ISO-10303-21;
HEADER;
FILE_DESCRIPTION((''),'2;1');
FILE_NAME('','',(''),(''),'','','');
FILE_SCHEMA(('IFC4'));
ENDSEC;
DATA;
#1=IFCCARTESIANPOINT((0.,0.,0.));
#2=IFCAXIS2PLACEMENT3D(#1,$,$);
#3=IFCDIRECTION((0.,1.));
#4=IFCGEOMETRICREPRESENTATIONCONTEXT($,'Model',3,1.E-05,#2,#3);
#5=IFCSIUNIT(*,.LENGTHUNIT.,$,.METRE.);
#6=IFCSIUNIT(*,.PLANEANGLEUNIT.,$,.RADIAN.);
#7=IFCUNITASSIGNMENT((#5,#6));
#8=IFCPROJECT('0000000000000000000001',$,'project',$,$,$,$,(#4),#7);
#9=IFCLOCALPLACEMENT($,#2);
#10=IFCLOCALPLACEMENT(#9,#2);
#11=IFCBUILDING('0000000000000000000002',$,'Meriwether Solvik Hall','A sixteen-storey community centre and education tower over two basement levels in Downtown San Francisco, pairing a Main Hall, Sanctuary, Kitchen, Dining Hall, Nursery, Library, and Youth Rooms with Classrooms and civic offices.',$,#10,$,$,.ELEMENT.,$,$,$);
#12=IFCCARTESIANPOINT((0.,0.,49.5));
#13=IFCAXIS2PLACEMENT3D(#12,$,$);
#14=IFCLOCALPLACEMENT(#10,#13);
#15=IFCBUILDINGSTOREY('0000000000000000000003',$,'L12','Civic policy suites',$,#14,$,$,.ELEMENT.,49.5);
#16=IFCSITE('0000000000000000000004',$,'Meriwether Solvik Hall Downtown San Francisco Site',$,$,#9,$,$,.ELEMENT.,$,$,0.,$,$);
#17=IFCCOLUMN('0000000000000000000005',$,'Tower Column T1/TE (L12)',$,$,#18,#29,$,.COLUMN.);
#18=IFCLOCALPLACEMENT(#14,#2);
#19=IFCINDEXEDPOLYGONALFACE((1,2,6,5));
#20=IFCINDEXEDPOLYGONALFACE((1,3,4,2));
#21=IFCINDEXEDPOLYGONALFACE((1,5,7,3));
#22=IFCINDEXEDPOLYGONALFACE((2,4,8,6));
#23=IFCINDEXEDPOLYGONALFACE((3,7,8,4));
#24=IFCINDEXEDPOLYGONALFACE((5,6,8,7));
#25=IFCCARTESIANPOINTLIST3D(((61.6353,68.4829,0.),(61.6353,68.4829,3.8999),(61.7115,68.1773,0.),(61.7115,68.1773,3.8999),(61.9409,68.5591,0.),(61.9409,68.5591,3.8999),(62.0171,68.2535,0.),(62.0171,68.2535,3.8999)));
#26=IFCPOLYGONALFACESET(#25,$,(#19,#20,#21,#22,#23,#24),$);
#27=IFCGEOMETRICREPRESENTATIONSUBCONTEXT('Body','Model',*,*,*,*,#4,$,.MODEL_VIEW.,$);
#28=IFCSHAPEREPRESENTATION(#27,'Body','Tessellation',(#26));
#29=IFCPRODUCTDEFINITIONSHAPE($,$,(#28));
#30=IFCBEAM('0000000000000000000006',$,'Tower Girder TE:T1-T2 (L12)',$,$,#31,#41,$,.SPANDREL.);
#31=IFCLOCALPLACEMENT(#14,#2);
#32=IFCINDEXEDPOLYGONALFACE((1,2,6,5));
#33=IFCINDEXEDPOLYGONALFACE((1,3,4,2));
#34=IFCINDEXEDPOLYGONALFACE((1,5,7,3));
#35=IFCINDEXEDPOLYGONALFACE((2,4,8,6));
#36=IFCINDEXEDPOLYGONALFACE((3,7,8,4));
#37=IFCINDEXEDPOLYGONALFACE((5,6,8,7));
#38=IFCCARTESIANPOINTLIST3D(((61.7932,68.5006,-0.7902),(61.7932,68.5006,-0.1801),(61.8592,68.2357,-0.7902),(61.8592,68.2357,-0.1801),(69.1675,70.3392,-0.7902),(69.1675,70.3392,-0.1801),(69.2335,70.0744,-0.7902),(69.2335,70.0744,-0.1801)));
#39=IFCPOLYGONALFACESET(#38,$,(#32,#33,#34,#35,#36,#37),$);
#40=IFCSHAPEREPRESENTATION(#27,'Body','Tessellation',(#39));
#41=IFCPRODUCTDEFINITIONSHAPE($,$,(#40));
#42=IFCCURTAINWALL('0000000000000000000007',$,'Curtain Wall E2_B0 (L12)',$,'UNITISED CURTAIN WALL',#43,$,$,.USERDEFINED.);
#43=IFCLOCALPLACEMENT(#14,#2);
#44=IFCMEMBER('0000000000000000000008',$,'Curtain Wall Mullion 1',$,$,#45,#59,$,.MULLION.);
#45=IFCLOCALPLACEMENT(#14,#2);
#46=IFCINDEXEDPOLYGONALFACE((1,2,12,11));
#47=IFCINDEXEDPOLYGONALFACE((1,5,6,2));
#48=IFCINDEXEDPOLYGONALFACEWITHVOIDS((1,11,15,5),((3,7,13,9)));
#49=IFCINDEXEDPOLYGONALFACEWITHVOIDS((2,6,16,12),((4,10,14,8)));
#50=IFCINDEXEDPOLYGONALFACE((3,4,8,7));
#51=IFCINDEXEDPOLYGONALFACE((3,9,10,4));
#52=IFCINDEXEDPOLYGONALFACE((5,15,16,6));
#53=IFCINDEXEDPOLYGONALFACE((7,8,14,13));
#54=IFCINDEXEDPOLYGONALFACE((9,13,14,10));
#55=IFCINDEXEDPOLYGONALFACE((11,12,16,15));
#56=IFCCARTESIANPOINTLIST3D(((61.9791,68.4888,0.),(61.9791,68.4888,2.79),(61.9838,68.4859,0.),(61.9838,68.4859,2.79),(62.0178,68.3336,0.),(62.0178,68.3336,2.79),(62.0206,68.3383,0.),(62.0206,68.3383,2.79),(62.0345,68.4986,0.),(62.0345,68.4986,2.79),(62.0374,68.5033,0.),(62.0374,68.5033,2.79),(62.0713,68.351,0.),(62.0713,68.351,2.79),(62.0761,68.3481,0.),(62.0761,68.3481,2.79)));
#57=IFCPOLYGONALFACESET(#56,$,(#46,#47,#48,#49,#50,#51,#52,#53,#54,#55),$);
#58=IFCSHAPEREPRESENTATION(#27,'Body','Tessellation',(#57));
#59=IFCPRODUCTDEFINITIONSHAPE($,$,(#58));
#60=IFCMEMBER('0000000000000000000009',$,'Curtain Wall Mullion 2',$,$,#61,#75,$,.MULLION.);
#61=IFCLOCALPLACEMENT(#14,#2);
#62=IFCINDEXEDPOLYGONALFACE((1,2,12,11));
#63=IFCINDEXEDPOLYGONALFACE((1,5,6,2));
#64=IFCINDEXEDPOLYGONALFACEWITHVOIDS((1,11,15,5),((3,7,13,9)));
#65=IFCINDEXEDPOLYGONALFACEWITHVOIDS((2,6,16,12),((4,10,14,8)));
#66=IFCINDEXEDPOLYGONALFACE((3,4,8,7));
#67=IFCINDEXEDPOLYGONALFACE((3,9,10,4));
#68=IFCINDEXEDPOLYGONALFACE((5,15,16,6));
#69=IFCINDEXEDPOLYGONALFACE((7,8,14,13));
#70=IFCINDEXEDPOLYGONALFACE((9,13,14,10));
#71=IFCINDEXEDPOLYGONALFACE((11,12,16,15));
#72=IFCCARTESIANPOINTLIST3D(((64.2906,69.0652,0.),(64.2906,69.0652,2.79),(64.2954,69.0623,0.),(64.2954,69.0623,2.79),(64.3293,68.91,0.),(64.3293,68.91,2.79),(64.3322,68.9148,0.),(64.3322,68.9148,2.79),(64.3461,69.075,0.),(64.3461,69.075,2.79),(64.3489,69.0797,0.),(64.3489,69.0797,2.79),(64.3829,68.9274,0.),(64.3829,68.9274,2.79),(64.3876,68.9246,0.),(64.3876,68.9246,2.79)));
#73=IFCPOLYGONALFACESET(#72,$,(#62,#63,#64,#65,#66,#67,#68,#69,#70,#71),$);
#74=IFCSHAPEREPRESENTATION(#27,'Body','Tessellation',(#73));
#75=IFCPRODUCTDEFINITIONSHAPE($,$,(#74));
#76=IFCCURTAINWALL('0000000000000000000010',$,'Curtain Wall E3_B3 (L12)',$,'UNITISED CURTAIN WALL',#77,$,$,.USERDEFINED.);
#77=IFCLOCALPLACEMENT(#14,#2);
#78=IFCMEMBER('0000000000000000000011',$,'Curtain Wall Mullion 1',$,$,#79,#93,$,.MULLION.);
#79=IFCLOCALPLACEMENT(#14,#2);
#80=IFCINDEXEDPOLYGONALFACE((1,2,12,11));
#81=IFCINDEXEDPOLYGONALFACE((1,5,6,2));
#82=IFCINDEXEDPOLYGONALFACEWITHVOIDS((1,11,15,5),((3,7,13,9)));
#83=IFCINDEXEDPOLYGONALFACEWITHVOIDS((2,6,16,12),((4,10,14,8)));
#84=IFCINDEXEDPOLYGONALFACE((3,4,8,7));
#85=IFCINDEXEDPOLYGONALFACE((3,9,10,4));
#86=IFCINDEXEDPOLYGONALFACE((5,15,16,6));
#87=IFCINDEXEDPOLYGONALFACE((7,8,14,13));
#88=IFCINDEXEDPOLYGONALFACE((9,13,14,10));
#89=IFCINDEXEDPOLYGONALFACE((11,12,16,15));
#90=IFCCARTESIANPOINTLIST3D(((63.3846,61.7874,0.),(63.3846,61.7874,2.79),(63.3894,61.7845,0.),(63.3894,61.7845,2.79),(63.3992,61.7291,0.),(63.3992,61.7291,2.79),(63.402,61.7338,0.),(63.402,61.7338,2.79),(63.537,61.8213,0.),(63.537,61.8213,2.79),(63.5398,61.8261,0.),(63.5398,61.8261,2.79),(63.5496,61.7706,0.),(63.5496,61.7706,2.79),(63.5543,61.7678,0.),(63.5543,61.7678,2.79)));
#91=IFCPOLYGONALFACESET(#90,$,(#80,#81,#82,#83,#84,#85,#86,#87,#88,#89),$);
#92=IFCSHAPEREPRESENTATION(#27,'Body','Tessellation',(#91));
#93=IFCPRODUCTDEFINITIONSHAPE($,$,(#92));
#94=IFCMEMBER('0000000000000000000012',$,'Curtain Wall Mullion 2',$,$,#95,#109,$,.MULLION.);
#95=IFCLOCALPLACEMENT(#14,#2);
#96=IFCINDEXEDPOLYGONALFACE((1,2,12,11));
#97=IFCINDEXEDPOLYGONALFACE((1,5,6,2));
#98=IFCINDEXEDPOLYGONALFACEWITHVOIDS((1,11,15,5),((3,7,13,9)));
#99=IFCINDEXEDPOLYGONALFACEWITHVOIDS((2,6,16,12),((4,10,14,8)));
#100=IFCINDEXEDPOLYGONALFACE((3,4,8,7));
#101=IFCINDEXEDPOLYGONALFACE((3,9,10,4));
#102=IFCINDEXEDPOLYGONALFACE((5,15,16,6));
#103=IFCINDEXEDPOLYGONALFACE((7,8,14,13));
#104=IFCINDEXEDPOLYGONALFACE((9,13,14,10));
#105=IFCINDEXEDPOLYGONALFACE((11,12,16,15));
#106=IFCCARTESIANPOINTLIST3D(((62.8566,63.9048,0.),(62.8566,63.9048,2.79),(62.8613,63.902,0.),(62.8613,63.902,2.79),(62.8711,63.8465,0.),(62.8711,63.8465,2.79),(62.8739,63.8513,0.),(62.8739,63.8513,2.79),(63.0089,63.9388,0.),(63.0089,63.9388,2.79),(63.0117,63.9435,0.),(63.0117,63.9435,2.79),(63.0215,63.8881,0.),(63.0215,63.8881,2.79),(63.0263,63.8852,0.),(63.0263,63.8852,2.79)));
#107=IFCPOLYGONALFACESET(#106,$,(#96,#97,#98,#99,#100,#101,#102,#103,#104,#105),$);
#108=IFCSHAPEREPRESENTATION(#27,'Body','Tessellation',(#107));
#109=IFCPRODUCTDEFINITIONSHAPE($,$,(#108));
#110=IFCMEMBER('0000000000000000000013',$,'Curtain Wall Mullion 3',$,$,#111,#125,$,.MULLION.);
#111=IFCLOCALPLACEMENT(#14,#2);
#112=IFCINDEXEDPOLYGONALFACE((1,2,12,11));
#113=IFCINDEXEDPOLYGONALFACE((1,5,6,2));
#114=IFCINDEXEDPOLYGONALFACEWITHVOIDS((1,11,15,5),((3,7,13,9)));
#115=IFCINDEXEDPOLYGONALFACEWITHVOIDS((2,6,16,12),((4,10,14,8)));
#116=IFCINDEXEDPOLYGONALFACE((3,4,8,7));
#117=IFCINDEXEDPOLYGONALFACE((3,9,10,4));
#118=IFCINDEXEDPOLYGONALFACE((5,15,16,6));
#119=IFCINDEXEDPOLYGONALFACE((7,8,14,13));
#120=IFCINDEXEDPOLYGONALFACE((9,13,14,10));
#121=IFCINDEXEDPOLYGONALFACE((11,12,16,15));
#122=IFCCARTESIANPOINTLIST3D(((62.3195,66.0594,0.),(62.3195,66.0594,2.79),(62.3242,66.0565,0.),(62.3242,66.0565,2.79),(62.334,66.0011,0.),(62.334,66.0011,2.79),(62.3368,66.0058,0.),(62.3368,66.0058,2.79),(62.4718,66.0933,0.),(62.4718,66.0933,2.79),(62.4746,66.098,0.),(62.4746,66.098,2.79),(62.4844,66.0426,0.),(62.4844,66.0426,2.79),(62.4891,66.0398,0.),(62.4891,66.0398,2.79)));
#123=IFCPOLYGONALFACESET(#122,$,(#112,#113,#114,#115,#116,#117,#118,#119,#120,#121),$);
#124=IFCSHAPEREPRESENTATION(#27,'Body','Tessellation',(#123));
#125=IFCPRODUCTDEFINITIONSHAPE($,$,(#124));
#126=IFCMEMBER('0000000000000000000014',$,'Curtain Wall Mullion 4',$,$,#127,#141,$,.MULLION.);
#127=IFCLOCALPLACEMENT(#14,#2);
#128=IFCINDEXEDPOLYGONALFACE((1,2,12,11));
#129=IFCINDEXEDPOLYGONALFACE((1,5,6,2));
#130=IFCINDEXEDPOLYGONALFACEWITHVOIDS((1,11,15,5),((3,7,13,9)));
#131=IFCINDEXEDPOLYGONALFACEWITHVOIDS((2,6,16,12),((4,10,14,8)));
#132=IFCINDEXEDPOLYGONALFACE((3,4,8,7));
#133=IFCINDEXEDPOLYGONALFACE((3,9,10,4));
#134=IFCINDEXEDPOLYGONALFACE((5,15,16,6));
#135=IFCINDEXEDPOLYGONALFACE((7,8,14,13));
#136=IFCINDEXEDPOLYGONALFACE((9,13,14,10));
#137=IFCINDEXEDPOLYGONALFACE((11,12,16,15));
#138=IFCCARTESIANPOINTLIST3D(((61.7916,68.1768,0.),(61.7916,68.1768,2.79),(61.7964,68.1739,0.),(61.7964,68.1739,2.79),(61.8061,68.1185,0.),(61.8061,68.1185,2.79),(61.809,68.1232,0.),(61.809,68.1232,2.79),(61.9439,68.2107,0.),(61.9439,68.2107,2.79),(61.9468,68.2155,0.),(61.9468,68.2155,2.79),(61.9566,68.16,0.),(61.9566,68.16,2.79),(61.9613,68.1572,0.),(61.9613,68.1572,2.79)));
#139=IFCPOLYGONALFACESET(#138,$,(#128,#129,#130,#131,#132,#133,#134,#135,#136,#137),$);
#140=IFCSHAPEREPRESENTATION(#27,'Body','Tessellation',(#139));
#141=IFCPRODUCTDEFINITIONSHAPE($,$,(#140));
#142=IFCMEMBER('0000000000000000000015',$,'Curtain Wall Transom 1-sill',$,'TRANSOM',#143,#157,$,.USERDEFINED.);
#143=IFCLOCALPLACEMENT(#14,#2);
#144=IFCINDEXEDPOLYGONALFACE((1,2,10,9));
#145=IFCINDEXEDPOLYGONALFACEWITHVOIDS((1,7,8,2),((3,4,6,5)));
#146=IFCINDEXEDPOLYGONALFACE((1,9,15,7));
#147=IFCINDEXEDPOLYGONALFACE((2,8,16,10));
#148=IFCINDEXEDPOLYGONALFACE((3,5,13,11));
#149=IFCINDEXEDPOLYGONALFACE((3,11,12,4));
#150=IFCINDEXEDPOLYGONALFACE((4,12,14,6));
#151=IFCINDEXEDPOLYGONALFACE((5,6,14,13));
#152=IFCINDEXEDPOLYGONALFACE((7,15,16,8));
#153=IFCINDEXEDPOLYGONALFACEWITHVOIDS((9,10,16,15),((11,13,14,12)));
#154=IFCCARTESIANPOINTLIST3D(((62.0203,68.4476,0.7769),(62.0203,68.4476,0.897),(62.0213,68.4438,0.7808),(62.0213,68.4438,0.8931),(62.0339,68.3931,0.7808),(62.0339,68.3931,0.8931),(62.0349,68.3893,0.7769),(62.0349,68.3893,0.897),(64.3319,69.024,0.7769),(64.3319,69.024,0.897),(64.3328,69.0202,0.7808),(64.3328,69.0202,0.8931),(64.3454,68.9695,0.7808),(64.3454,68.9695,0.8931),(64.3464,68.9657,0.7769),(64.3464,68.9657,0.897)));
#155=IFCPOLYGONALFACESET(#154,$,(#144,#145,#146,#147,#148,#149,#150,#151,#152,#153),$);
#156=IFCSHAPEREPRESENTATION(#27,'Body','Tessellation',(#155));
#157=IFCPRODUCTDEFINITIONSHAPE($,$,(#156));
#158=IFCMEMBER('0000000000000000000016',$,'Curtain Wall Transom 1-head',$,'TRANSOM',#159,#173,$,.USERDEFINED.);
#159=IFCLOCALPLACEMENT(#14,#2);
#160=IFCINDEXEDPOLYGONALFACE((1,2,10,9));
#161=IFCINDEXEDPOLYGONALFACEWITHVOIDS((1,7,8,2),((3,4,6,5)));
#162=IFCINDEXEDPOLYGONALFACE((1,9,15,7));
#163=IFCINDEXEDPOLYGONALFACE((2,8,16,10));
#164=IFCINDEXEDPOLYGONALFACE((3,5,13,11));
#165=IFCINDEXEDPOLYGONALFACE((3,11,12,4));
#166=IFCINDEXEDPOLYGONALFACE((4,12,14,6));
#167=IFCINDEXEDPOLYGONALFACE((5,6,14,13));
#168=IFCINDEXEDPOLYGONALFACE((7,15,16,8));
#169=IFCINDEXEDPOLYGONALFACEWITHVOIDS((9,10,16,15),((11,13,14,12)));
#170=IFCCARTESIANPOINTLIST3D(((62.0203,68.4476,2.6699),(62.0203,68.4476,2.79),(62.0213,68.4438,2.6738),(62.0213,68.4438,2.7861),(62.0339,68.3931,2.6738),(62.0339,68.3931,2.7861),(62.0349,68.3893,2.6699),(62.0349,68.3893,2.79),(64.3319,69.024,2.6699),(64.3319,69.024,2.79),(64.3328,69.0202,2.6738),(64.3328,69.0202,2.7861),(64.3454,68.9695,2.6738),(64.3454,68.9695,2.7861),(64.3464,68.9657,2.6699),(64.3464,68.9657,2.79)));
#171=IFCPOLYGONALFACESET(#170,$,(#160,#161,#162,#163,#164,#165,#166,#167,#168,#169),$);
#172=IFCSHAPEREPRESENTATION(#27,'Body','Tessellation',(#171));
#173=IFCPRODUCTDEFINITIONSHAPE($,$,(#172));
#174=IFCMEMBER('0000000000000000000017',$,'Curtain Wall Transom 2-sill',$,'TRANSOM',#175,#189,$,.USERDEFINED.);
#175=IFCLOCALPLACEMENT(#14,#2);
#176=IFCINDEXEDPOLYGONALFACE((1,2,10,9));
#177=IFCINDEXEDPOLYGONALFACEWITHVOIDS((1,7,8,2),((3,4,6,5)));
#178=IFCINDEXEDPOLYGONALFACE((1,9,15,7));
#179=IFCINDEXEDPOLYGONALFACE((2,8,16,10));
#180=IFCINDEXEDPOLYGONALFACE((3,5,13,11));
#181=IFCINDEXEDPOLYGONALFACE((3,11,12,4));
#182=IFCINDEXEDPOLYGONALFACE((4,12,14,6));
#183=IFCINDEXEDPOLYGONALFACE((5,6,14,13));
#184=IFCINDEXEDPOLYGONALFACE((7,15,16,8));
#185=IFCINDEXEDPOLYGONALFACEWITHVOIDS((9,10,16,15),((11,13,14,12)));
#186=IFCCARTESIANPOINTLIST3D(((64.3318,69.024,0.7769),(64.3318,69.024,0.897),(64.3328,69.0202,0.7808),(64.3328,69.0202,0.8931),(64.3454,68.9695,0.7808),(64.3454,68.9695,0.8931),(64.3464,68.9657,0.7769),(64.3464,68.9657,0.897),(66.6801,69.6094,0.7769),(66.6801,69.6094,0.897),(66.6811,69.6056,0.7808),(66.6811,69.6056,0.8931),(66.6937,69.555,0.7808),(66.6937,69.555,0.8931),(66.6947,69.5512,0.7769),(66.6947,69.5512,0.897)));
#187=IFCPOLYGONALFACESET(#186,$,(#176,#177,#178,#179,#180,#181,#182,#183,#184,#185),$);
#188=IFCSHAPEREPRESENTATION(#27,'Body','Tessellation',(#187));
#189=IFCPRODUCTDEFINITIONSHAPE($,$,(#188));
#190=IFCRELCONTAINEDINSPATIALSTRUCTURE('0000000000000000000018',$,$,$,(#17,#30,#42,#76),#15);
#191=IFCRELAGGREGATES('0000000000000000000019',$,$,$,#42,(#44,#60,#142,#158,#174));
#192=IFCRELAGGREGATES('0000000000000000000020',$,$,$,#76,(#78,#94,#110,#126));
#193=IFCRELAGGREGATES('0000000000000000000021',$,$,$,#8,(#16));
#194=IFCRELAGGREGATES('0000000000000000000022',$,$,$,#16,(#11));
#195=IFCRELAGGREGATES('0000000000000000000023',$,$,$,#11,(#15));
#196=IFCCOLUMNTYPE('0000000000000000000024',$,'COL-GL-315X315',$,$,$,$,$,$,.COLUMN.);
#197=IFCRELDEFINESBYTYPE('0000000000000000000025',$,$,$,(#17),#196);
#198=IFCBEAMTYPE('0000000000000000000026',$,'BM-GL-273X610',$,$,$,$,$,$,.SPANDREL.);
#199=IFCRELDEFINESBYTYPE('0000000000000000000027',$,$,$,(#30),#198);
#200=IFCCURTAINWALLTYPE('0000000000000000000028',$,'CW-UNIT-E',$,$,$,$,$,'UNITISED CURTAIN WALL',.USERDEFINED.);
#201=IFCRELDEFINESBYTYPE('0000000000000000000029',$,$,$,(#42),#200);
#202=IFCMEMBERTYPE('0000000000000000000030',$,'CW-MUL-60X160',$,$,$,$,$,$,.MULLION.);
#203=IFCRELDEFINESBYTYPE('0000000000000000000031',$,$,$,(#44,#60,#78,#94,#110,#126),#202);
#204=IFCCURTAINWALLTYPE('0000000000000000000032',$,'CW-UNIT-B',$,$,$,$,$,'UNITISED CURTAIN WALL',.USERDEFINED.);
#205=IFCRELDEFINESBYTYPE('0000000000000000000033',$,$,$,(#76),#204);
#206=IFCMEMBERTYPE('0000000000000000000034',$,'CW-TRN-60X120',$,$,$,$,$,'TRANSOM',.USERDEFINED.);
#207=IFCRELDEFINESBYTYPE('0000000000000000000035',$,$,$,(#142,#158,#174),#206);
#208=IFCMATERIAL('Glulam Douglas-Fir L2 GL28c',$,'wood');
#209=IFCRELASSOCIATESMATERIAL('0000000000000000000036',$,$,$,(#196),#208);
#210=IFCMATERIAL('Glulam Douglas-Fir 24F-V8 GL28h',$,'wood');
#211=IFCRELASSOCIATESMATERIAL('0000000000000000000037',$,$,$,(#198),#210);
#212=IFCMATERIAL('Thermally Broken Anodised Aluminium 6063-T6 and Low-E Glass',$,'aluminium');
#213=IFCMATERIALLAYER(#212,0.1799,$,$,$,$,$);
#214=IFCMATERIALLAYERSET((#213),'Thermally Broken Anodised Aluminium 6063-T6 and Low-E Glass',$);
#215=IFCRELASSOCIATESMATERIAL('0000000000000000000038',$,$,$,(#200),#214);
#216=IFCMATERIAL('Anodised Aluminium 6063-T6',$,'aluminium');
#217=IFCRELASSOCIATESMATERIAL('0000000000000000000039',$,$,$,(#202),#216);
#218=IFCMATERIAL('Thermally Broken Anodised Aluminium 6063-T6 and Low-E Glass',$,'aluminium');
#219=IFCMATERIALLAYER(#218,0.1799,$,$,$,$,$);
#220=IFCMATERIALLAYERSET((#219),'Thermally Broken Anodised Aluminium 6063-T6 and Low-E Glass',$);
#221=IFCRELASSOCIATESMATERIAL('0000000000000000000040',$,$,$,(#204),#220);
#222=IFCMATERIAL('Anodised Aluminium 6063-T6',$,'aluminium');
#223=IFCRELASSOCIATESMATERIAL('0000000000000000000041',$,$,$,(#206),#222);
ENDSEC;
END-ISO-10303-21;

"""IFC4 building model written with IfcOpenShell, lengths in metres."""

from ifc_helpers import new_model, si_unit, direction, frame, origin, origin_2d, place, context, subcontext, project, spatial, rectangle, hollow_rectangle, extrude, material, layer, layer_set, material_profile, profile_set, type_object, element, aggregate, save


model = new_model("IFC4")

# Units and contexts
model_context = context("Model", 3, precision=1e-05, world=origin(), true_north=direction((0.0, 1.0)))
body_context = subcontext(model_context, "Body", "Model", "MODEL_VIEW")
ifc_project = project(units=[si_unit("LENGTHUNIT", "METRE"), si_unit("PLANEANGLEUNIT", "RADIAN")], contexts=[model_context])

# Site, building, storey
site_placement = place(None, origin())
site = spatial("IfcSite", under=ifc_project, at=site_placement, Name="Meriwether Solvik Hall Downtown San Francisco Site", CompositionType="ELEMENT", RefElevation=0.0)
building_placement = place(site_placement, origin())
building = spatial("IfcBuilding", under=site, at=building_placement, Name="Meriwether Solvik Hall", Description="A sixteen-storey community centre and education tower over two basement levels in Downtown San Francisco, pairing a Main Hall, Sanctuary, Kitchen, Dining Hall, Nursery, Library, and Youth Rooms with Classrooms and civic offices.", CompositionType="ELEMENT")
storey_placement = place(building_placement, frame((0.0, 0.0, 49.5)))
storey = spatial("IfcBuildingStorey", under=building, at=storey_placement, Name="L12", Description="Civic policy suites", CompositionType="ELEMENT", Elevation=49.5)

# Column
ifc_material_1 = material(Name="Glulam Douglas-Fir L2 GL28c", Category="wood")
ifc_material_profile_1 = material_profile(ifc_material_1, rectangle(XDim=0.3149, YDim=0.3149, at=origin_2d()), Name="GLC-315X315")
ifc_profile_set_1 = profile_set([ifc_material_profile_1], Name="Glulam Douglas-Fir L2 GL28c")
column_type = type_object("IfcColumnType", Name="COL-GL-315X315", PredefinedType="COLUMN", material=ifc_profile_set_1)
column_placement = place(storey_placement, frame((61.8262, 68.3682, 0.0), z_axis=(0.0, 0.0, 1.0), x_axis=(0.970296, 0.241922, 0.0)))
element("IfcColumn", 1, at=column_placement, inside=storey, type_object=column_type, Name="Tower Column T1/TE (L12)", PredefinedType="COLUMN", context=body_context, shape_type="SweptSolid", body=[
    extrude(rectangle(XDim=0.3149, YDim=0.3149, at=origin_2d()), origin(), (0.0, 0.0, 1.0), 3.8999),
])

# Beam
ifc_material_2 = material(Name="Glulam Douglas-Fir 24F-V8 GL28h", Category="wood")
ifc_material_profile_2 = material_profile(ifc_material_2, rectangle(XDim=0.2729, YDim=0.6101, at=origin_2d()), Name="GLB-273X610")
ifc_profile_set_2 = profile_set([ifc_material_profile_2], Name="Glulam Douglas-Fir 24F-V8 GL28h")
beam_type = type_object("IfcBeamType", Name="BM-GL-273X610", PredefinedType="SPANDREL", material=ifc_profile_set_2)
beam_placement = place(storey_placement, frame((61.8262, 68.3682, -0.4851), z_axis=(0.970295, 0.241923, 0.0), x_axis=(-0.241923, 0.970295, 0.0)))
element("IfcBeam", 2, at=beam_placement, inside=storey, type_object=beam_type, Name="Tower Girder TE:T1-T2 (L12)", PredefinedType="SPANDREL", context=body_context, shape_type="SweptSolid", body=[
    extrude(rectangle(XDim=0.2729, YDim=0.6101, at=origin_2d()), origin(), (0.0, 0.0, 1.0), 7.6001),
])

# Curtain walls, members
ifc_material_3 = material(Name="Thermally Broken Anodised Aluminium 6063-T6 and Low-E Glass", Category="aluminium")
ifc_layer_1 = layer(ifc_material_3, 0.1799)
ifc_layer_set_1 = layer_set([ifc_layer_1], Name="Thermally Broken Anodised Aluminium 6063-T6 and Low-E Glass")
curtain_wall_type_1 = type_object("IfcCurtainWallType", Name="CW-UNIT-E", ElementType="UNITISED CURTAIN WALL", PredefinedType="USERDEFINED", material=ifc_layer_set_1)
curtain_wall_1_placement = place(storey_placement, origin())
curtain_wall_1 = element("IfcCurtainWall", 3, at=curtain_wall_1_placement, inside=storey, type_object=curtain_wall_type_1, Name="Curtain Wall E2_B0 (L12)", ObjectType="UNITISED CURTAIN WALL", PredefinedType="USERDEFINED")
ifc_material_4 = material(Name="Anodised Aluminium 6063-T6", Category="aluminium")
ifc_material_profile_3 = material_profile(ifc_material_4, hollow_rectangle(XDim=0.0601, YDim=0.1599, WallThickness=0.0039, at=origin_2d()), Name="CWM-60X160")
ifc_profile_set_3 = profile_set([ifc_material_profile_3], Name="Anodised Aluminium 6063-T6")
member_type_1 = type_object("IfcMemberType", Name="CW-MUL-60X160", PredefinedType="MULLION", material=ifc_profile_set_3)
member_1_placement = place(storey_placement, frame((62.0276, 68.4185, 0.0), z_axis=(0.0, 0.0, 1.0), x_axis=(0.970296, 0.241922, 0.0)))
member_1 = element("IfcMember", 4, at=member_1_placement, type_object=member_type_1, Name="Curtain Wall Mullion 1", PredefinedType="MULLION", context=body_context, shape_type="SweptSolid", body=[
    extrude(hollow_rectangle(XDim=0.0601, YDim=0.1599, WallThickness=0.0039, at=origin_2d()), origin(), (0.0, 0.0, 1.0), 2.79),
])
member_2_placement = place(storey_placement, frame((64.3391, 68.9949, 0.0), z_axis=(0.0, 0.0, 1.0), x_axis=(0.970296, 0.241922, 0.0)))
member_2 = element("IfcMember", 5, at=member_2_placement, type_object=member_type_1, Name="Curtain Wall Mullion 2", PredefinedType="MULLION", context=body_context, shape_type="SweptSolid", body=[
    extrude(hollow_rectangle(XDim=0.0601, YDim=0.1599, WallThickness=0.0039, at=origin_2d()), origin(), (0.0, 0.0, 1.0), 2.79),
])
ifc_material_5 = material(Name="Thermally Broken Anodised Aluminium 6063-T6 and Low-E Glass", Category="aluminium")
ifc_layer_2 = layer(ifc_material_5, 0.1799)
ifc_layer_set_2 = layer_set([ifc_layer_2], Name="Thermally Broken Anodised Aluminium 6063-T6 and Low-E Glass")
curtain_wall_type_2 = type_object("IfcCurtainWallType", Name="CW-UNIT-B", ElementType="UNITISED CURTAIN WALL", PredefinedType="USERDEFINED", material=ifc_layer_set_2)
curtain_wall_2_placement = place(storey_placement, origin())
curtain_wall_2 = element("IfcCurtainWall", 6, at=curtain_wall_2_placement, inside=storey, type_object=curtain_wall_type_2, Name="Curtain Wall E3_B3 (L12)", ObjectType="UNITISED CURTAIN WALL", PredefinedType="USERDEFINED")
member_3_placement = place(storey_placement, frame((63.4695, 61.7776, 0.0), z_axis=(0.0, 0.0, 1.0), x_axis=(-0.241922, 0.970296, 0.0)))
member_3 = element("IfcMember", 7, at=member_3_placement, type_object=member_type_1, Name="Curtain Wall Mullion 1", PredefinedType="MULLION", context=body_context, shape_type="SweptSolid", body=[
    extrude(hollow_rectangle(XDim=0.0601, YDim=0.1599, WallThickness=0.0039, at=origin_2d()), origin(), (0.0, 0.0, 1.0), 2.79),
])
member_4_placement = place(storey_placement, frame((62.9414, 63.895, 0.0), z_axis=(0.0, 0.0, 1.0), x_axis=(-0.241922, 0.970296, 0.0)))
member_4 = element("IfcMember", 8, at=member_4_placement, type_object=member_type_1, Name="Curtain Wall Mullion 2", PredefinedType="MULLION", context=body_context, shape_type="SweptSolid", body=[
    extrude(hollow_rectangle(XDim=0.0601, YDim=0.1599, WallThickness=0.0039, at=origin_2d()), origin(), (0.0, 0.0, 1.0), 2.79),
])
member_5_placement = place(storey_placement, frame((62.4043, 66.0496, 0.0), z_axis=(0.0, 0.0, 1.0), x_axis=(-0.241922, 0.970296, 0.0)))
member_5 = element("IfcMember", 9, at=member_5_placement, type_object=member_type_1, Name="Curtain Wall Mullion 3", PredefinedType="MULLION", context=body_context, shape_type="SweptSolid", body=[
    extrude(hollow_rectangle(XDim=0.0601, YDim=0.1599, WallThickness=0.0039, at=origin_2d()), origin(), (0.0, 0.0, 1.0), 2.79),
])
member_6_placement = place(storey_placement, frame((61.8765, 68.167, 0.0), z_axis=(0.0, 0.0, 1.0), x_axis=(-0.241922, 0.970296, 0.0)))
member_6 = element("IfcMember", 10, at=member_6_placement, type_object=member_type_1, Name="Curtain Wall Mullion 4", PredefinedType="MULLION", context=body_context, shape_type="SweptSolid", body=[
    extrude(hollow_rectangle(XDim=0.0601, YDim=0.1599, WallThickness=0.0039, at=origin_2d()), origin(), (0.0, 0.0, 1.0), 2.79),
])

# Members
ifc_material_6 = material(Name="Anodised Aluminium 6063-T6", Category="aluminium")
ifc_material_profile_4 = material_profile(ifc_material_6, hollow_rectangle(XDim=0.0601, YDim=0.1201, WallThickness=0.0039, at=origin_2d()), Name="CWT-60X120")
ifc_profile_set_4 = profile_set([ifc_material_profile_4], Name="Anodised Aluminium 6063-T6")
member_type_2 = type_object("IfcMemberType", Name="CW-TRN-60X120", ElementType="TRANSOM", PredefinedType="USERDEFINED", material=ifc_profile_set_4)
member_7_placement = place(storey_placement, frame((62.0276, 68.4185, 0.8369), z_axis=(0.970287, 0.241957, 0.0), x_axis=(-0.241957, 0.970287, 0.0)))
member_7 = element("IfcMember", 11, at=member_7_placement, type_object=member_type_2, Name="Curtain Wall Transom 1-sill", ObjectType="TRANSOM", PredefinedType="USERDEFINED", context=body_context, shape_type="SweptSolid", body=[
    extrude(hollow_rectangle(XDim=0.0601, YDim=0.1201, WallThickness=0.0039, at=origin_2d()), origin(), (0.0, 0.0, 1.0), 2.3823),
])
member_8_placement = place(storey_placement, frame((62.0276, 68.4185, 2.73), z_axis=(0.970287, 0.241957, 0.0), x_axis=(-0.241957, 0.970287, 0.0)))
member_8 = element("IfcMember", 12, at=member_8_placement, type_object=member_type_2, Name="Curtain Wall Transom 1-head", ObjectType="TRANSOM", PredefinedType="USERDEFINED", context=body_context, shape_type="SweptSolid", body=[
    extrude(hollow_rectangle(XDim=0.0601, YDim=0.1201, WallThickness=0.0039, at=origin_2d()), origin(), (0.0, 0.0, 1.0), 2.3823),
])
member_9_placement = place(storey_placement, frame((64.3391, 68.9949, 0.8369), z_axis=(0.970302, 0.241895, 0.0), x_axis=(-0.241895, 0.970302, 0.0)))
member_9 = element("IfcMember", 13, at=member_9_placement, type_object=member_type_2, Name="Curtain Wall Transom 2-sill", ObjectType="TRANSOM", PredefinedType="USERDEFINED", context=body_context, shape_type="SweptSolid", body=[
    extrude(hollow_rectangle(XDim=0.0601, YDim=0.1201, WallThickness=0.0039, at=origin_2d()), origin(), (0.0, 0.0, 1.0), 2.4202),
])

aggregate(curtain_wall_1, [member_1, member_2, member_7, member_8, member_9])
aggregate(curtain_wall_2, [member_3, member_4, member_5, member_6])

save(model, "model.ifc")
